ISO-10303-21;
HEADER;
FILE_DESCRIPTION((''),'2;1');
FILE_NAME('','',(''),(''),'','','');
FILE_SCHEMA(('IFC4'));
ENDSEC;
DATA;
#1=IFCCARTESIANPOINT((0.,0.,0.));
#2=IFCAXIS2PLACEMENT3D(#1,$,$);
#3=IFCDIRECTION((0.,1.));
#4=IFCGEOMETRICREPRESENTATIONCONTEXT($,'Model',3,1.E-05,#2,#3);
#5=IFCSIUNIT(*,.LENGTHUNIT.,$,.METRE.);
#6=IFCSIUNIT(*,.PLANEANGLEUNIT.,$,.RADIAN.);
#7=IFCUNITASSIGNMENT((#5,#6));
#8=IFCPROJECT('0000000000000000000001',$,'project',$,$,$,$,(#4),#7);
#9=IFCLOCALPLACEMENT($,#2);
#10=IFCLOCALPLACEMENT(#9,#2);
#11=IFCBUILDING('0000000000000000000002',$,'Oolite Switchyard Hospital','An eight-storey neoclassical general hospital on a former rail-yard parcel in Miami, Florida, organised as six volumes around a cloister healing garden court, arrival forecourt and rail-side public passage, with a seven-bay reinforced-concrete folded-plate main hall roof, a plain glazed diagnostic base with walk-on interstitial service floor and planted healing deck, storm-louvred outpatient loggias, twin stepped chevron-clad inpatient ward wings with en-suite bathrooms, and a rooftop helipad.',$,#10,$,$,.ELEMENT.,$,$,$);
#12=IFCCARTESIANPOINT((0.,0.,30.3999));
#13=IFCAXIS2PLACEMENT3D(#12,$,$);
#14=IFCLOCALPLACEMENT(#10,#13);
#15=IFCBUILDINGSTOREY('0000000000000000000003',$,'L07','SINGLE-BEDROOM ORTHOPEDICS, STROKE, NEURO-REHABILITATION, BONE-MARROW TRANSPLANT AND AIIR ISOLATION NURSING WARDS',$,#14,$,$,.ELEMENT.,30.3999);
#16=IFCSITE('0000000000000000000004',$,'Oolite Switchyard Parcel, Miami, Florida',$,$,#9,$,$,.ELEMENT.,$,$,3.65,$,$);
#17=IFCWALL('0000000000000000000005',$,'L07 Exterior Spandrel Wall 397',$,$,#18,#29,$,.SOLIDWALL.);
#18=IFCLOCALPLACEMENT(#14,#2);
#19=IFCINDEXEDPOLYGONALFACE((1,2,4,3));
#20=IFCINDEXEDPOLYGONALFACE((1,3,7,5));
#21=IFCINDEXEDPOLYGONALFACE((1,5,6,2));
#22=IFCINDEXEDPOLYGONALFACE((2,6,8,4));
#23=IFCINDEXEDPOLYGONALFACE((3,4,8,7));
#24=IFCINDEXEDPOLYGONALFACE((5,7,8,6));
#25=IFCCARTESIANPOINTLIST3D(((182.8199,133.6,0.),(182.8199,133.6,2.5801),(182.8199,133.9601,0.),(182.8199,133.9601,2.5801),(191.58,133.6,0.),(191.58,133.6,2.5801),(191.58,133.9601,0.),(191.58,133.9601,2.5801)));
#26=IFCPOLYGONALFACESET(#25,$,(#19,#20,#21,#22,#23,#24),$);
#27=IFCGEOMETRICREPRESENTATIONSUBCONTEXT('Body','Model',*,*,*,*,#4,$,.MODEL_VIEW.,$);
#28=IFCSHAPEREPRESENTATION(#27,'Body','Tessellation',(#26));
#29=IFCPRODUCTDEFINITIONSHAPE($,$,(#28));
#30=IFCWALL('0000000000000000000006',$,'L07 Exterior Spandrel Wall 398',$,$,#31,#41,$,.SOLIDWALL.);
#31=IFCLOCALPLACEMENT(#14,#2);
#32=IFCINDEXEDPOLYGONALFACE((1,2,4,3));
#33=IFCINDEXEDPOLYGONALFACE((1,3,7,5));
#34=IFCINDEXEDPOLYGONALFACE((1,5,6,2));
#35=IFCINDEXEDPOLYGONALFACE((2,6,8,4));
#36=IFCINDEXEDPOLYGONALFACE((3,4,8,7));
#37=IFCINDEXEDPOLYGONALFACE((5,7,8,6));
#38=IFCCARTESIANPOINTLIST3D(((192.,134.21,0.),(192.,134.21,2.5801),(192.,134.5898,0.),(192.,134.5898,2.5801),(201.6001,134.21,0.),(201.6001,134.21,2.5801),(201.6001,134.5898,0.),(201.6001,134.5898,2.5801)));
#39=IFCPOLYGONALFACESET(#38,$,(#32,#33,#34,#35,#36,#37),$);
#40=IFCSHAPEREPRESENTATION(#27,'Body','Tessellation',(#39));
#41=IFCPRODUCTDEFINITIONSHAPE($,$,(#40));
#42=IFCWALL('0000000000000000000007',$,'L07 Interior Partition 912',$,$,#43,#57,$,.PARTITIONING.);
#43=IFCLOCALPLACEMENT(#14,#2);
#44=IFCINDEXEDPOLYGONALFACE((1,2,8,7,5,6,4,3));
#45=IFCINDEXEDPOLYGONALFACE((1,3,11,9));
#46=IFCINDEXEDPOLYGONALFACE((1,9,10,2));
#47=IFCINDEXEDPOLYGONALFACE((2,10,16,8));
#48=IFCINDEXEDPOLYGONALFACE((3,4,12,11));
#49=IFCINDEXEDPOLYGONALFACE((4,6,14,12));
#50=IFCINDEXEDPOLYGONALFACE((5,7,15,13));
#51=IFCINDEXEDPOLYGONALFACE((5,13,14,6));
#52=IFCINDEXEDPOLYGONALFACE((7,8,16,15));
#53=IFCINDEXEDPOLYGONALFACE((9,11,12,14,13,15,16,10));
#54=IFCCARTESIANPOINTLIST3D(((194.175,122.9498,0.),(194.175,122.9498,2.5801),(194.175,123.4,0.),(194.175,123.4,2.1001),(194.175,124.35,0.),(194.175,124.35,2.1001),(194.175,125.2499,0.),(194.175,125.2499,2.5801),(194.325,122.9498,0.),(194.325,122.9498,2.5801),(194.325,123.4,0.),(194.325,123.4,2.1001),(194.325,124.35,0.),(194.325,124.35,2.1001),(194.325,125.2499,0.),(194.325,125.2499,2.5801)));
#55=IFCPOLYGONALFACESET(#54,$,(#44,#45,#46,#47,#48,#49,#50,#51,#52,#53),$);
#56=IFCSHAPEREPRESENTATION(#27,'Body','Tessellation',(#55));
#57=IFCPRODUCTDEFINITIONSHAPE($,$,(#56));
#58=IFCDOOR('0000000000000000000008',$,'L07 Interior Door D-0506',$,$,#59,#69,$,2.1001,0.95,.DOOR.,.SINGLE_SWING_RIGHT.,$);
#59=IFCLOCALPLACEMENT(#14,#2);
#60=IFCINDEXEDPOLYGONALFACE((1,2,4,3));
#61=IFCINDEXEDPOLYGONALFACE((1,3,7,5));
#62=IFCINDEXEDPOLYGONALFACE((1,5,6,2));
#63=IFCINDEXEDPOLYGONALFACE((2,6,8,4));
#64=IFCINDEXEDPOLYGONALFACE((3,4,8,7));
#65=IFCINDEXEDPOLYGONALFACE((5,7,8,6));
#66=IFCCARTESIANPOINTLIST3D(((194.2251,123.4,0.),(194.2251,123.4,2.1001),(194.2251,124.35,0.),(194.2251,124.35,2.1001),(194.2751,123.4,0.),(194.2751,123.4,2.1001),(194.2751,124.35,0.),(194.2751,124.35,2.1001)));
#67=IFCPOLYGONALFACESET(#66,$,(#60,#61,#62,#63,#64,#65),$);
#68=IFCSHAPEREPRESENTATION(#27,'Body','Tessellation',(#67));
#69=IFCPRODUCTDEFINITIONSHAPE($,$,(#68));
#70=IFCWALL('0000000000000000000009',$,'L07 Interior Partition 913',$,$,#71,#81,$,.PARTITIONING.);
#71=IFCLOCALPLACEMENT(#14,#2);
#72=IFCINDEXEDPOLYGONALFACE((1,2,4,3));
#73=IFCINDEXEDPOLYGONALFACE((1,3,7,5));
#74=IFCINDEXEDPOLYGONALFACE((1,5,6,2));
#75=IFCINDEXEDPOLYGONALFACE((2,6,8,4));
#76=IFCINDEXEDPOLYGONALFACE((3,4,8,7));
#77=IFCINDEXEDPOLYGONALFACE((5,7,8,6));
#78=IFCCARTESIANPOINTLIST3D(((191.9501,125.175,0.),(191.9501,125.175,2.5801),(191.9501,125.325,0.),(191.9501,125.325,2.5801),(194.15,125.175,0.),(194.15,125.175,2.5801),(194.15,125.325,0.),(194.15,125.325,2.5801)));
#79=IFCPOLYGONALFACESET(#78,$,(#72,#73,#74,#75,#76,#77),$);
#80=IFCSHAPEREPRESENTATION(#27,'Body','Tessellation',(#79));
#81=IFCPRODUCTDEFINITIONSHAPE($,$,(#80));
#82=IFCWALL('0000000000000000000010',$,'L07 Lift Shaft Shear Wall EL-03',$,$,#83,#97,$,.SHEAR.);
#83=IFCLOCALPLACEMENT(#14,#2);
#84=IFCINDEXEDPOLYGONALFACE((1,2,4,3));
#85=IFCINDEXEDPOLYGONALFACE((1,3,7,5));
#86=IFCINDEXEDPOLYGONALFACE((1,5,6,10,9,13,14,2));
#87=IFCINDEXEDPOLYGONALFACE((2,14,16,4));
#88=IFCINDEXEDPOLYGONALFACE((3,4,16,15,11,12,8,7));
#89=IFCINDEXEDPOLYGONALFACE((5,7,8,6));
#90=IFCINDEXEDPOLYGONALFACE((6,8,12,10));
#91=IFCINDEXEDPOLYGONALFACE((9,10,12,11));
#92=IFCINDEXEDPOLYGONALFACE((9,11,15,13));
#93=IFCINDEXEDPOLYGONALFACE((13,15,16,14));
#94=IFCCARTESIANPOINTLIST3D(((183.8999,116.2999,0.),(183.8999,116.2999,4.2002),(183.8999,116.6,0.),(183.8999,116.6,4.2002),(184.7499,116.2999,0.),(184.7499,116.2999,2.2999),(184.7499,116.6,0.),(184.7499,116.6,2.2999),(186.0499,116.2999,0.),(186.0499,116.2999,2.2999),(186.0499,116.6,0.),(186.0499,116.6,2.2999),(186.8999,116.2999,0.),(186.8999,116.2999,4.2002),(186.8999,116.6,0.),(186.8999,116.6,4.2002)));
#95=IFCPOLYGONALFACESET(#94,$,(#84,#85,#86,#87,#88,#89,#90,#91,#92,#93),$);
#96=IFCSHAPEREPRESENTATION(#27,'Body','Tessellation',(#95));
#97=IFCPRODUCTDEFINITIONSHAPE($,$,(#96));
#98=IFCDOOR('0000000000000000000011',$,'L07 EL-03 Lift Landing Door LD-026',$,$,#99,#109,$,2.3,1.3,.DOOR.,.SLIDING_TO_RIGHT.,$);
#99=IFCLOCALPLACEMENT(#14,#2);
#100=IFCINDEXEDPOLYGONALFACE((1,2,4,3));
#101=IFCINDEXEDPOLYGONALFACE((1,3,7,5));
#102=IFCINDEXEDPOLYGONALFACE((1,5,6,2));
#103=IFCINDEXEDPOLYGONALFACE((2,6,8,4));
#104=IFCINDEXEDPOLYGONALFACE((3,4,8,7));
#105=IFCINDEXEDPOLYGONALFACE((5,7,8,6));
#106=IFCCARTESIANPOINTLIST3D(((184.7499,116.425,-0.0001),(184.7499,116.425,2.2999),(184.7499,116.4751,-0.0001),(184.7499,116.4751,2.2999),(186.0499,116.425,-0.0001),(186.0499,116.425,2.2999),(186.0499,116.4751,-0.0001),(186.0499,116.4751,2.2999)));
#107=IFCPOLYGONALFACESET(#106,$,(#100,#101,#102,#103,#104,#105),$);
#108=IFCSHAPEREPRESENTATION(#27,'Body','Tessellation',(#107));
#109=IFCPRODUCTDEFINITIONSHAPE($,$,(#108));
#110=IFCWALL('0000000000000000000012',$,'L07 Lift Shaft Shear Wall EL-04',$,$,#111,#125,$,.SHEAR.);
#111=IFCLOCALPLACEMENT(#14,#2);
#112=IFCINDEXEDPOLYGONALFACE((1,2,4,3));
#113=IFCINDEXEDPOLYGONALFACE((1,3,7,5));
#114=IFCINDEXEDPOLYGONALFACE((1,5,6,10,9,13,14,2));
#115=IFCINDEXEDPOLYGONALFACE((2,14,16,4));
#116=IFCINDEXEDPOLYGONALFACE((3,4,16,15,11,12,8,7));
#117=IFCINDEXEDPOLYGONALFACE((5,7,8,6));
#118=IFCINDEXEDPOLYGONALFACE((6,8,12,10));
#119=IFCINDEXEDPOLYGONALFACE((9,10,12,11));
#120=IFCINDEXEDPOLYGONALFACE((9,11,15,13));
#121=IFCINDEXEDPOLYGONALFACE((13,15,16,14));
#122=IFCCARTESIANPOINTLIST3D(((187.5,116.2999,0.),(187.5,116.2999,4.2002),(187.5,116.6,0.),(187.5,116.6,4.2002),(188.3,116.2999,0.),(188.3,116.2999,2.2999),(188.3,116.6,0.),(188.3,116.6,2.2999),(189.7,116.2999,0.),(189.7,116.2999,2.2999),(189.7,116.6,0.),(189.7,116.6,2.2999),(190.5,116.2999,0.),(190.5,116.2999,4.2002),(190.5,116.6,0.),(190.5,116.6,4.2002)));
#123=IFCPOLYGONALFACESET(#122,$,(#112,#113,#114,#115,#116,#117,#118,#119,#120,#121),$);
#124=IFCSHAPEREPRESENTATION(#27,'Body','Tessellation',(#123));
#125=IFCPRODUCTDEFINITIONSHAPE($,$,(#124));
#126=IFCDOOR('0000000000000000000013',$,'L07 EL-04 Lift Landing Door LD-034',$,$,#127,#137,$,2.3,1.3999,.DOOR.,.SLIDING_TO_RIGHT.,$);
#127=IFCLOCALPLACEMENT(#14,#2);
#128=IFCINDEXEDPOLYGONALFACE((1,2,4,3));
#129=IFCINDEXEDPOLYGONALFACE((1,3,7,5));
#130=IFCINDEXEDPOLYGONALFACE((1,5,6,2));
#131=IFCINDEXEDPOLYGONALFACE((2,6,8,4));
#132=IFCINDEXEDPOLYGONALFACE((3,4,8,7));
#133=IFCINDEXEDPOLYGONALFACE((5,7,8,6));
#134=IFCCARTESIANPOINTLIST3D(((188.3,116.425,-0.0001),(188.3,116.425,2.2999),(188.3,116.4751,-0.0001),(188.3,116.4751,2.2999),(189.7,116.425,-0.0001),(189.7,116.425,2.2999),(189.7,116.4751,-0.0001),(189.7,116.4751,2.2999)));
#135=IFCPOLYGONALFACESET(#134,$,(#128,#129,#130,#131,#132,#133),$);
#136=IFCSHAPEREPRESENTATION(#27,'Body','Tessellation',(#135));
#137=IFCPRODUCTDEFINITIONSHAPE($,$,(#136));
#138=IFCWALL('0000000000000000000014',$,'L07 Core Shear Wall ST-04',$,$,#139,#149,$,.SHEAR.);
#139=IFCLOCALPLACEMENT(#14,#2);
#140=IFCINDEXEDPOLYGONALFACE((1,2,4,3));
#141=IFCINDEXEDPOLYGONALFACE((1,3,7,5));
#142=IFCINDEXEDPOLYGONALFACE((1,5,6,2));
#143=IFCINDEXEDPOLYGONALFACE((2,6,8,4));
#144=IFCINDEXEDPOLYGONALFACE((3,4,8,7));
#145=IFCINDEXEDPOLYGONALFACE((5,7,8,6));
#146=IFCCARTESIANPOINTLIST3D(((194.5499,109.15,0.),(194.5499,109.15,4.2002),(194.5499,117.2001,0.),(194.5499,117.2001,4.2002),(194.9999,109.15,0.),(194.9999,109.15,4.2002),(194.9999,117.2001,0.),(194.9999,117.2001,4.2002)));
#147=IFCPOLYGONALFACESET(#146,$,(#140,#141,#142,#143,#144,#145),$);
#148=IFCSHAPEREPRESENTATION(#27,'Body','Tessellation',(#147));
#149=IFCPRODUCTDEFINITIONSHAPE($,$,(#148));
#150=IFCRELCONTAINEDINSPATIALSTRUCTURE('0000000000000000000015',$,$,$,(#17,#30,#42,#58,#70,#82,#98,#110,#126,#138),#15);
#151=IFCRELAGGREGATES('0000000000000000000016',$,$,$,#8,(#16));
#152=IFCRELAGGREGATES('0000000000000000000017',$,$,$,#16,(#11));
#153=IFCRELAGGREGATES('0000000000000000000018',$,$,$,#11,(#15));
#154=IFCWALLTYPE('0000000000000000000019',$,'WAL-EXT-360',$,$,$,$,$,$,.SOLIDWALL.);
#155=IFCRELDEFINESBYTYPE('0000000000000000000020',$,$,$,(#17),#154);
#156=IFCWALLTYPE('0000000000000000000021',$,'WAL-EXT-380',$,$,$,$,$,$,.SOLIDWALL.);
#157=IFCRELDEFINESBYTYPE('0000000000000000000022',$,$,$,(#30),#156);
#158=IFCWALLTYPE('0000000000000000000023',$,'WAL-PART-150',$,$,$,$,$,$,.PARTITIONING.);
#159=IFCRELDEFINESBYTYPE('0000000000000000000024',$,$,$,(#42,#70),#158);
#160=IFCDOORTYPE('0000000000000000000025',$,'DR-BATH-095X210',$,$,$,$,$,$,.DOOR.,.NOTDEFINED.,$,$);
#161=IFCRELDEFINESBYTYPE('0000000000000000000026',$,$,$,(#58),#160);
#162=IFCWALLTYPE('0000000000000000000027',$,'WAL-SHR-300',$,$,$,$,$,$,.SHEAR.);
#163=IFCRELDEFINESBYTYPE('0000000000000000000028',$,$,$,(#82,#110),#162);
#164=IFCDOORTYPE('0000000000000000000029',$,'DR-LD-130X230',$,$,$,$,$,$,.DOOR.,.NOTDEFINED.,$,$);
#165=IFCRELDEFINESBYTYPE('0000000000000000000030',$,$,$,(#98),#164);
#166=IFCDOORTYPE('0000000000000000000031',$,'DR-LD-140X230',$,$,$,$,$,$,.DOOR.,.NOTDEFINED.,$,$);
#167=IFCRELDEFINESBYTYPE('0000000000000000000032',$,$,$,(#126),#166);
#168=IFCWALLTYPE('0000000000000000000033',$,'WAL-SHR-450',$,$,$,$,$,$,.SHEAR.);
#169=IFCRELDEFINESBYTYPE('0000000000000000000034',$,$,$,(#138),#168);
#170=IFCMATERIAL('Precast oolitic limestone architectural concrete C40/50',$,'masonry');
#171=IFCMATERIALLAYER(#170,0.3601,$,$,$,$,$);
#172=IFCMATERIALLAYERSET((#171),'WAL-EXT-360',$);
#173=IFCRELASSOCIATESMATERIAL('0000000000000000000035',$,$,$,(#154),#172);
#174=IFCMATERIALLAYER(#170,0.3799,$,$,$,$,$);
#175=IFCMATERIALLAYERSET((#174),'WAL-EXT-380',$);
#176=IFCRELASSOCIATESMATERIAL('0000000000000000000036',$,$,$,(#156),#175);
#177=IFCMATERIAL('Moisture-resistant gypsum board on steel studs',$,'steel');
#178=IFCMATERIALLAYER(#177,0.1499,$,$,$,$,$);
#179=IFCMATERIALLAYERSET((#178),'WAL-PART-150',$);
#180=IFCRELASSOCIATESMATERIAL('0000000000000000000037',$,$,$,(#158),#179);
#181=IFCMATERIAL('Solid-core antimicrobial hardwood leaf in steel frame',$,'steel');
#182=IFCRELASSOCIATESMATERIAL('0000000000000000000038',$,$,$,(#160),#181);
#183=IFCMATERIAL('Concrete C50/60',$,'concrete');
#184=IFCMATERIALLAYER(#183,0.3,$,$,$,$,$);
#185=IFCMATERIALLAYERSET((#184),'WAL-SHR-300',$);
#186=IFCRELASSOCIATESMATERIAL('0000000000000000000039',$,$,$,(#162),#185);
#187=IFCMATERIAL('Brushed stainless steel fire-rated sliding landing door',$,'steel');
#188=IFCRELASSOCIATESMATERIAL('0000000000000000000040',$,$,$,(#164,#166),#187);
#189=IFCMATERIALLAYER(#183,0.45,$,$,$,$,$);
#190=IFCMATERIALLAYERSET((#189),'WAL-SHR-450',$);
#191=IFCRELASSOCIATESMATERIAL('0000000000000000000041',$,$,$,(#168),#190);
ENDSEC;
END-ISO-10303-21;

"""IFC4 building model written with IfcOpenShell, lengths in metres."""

from ifc_helpers import new_model, si_unit, direction, frame, frame_2d, origin, place, context, subcontext, project, spatial, rectangle, extrude, material, layer, layer_set, type_object, element, fill, save


model = new_model("IFC4")

# Units and contexts
model_context = context("Model", 3, precision=1e-05, world=origin(), true_north=direction((0.0, 1.0)))
body_context = subcontext(model_context, "Body", "Model", "MODEL_VIEW")
ifc_project = project(units=[si_unit("LENGTHUNIT", "METRE"), si_unit("PLANEANGLEUNIT", "RADIAN")], contexts=[model_context])

# Site, building, storey
site_placement = place(None, origin())
site = spatial("IfcSite", under=ifc_project, at=site_placement, Name="Oolite Switchyard Parcel, Miami, Florida", CompositionType="ELEMENT", RefElevation=3.65)
building_placement = place(site_placement, origin())
building = spatial("IfcBuilding", under=site, at=building_placement, Name="Oolite Switchyard Hospital", Description="An eight-storey neoclassical general hospital on a former rail-yard parcel in Miami, Florida, organised as six volumes around a cloister healing garden court, arrival forecourt and rail-side public passage, with a seven-bay reinforced-concrete folded-plate main hall roof, a plain glazed diagnostic base with walk-on interstitial service floor and planted healing deck, storm-louvred outpatient loggias, twin stepped chevron-clad inpatient ward wings with en-suite bathrooms, and a rooftop helipad.", CompositionType="ELEMENT")
storey_placement = place(building_placement, frame((0.0, 0.0, 30.3999)))
storey = spatial("IfcBuildingStorey", under=building, at=storey_placement, Name="L07", Description="SINGLE-BEDROOM ORTHOPEDICS, STROKE, NEURO-REHABILITATION, BONE-MARROW TRANSPLANT AND AIIR ISOLATION NURSING WARDS", CompositionType="ELEMENT", Elevation=30.3999)

# Shared definitions
ifc_material_1 = material(Name="Concrete C50/60", Category="concrete")

# Walls
ifc_material_2 = material(Name="Precast oolitic limestone architectural concrete C40/50", Category="masonry")
ifc_layer_1 = layer(ifc_material_2, 0.3601)
ifc_layer_set_1 = layer_set([ifc_layer_1], Name="WAL-EXT-360")
wall_type_1 = type_object("IfcWallType", Name="WAL-EXT-360", PredefinedType="SOLIDWALL", material=ifc_layer_set_1)
wall_1_placement = place(storey_placement, frame((182.8201, 133.78, 0.0), z_axis=(0.0, 0.0, 1.0), x_axis=(1.0, 0.0, 0.0)))
element("IfcWall", 1, at=wall_1_placement, inside=storey, type_object=wall_type_1, Name="L07 Exterior Spandrel Wall 397", PredefinedType="SOLIDWALL", context=body_context, shape_type="SweptSolid", body=[
    extrude(rectangle(XDim=8.76, YDim=0.3601, at=frame_2d((4.3799, 0.0))), origin(), (0.0, 0.0, 1.0), 2.5801),
])
ifc_layer_2 = layer(ifc_material_2, 0.3799)
ifc_layer_set_2 = layer_set([ifc_layer_2], Name="WAL-EXT-380")
wall_type_2 = type_object("IfcWallType", Name="WAL-EXT-380", PredefinedType="SOLIDWALL", material=ifc_layer_set_2)
wall_2_placement = place(storey_placement, frame((192.0, 134.3999, 0.0), z_axis=(0.0, 0.0, 1.0), x_axis=(1.0, 0.0, 0.0)))
element("IfcWall", 2, at=wall_2_placement, inside=storey, type_object=wall_type_2, Name="L07 Exterior Spandrel Wall 398", PredefinedType="SOLIDWALL", context=body_context, shape_type="SweptSolid", body=[
    extrude(rectangle(XDim=9.6001, YDim=0.3799, at=frame_2d((4.8, 0.0))), origin(), (0.0, 0.0, 1.0), 2.5801),
])

# Wall, opening, door
ifc_material_3 = material(Name="Moisture-resistant gypsum board on steel studs", Category="steel")
ifc_layer_3 = layer(ifc_material_3, 0.1499)
ifc_layer_set_3 = layer_set([ifc_layer_3], Name="WAL-PART-150")
wall_type_3 = type_object("IfcWallType", Name="WAL-PART-150", PredefinedType="PARTITIONING", material=ifc_layer_set_3)
wall_3_placement = place(storey_placement, frame((194.25, 122.95, 0.0), z_axis=(0.0, 0.0, 1.0), x_axis=(0.0, 1.0, 0.0)))
wall_3 = element("IfcWall", 3, at=wall_3_placement, inside=storey, type_object=wall_type_3, Name="L07 Interior Partition 912", PredefinedType="PARTITIONING", context=body_context, shape_type="SweptSolid", body=[
    extrude(rectangle(XDim=2.3, YDim=0.1499, at=frame_2d((1.1499, 0.0))), origin(), (0.0, 0.0, 1.0), 2.5801),
])
opening_1_placement = place(wall_3_placement, frame((0.45, 0.0, 0.0)))
opening_1 = element("IfcOpeningElement", 4, at=opening_1_placement, cuts=wall_3, PredefinedType="OPENING", context=body_context, shape_type="SweptSolid", body=[
    extrude(rectangle(XDim=0.95, YDim=2.1001, at=frame_2d((0.4751, 1.05))), frame((0.0, 0.085, 0.0), z_axis=(0.0, -1.0, 0.0), x_axis=(1.0, 0.0, 0.0)), (0.0, 0.0, 1.0), 0.1699),
])
ifc_material_4 = material(Name="Solid-core antimicrobial hardwood leaf in steel frame", Category="steel")
door_type_1 = type_object("IfcDoorType", Name="DR-BATH-095X210", OperationType="NOTDEFINED", PredefinedType="DOOR", material=ifc_material_4)
door_1_placement = place(opening_1_placement, origin())
door_1 = element("IfcDoor", 5, at=door_1_placement, inside=storey, type_object=door_type_1, Name="L07 Interior Door D-0506", OperationType="SINGLE_SWING_RIGHT", OverallHeight=2.1001, OverallWidth=0.95, PredefinedType="DOOR", context=body_context, shape_type="SweptSolid", body=[
    extrude(rectangle(XDim=0.95, YDim=2.1001, at=frame_2d((0.4751, 1.05))), frame((0.0, 0.0249, 0.0), z_axis=(0.0, -1.0, 0.0), x_axis=(1.0, 0.0, 0.0)), (0.0, 0.0, 1.0), 0.05),
])
fill(opening_1, door_1)

# Wall
wall_4_placement = place(storey_placement, frame((191.95, 125.25, 0.0), z_axis=(0.0, 0.0, 1.0), x_axis=(1.0, 0.0, 0.0)))
element("IfcWall", 6, at=wall_4_placement, inside=storey, type_object=wall_type_3, Name="L07 Interior Partition 913", PredefinedType="PARTITIONING", context=body_context, shape_type="SweptSolid", body=[
    extrude(rectangle(XDim=2.2, YDim=0.1499, at=frame_2d((1.1001, 0.0))), origin(), (0.0, 0.0, 1.0), 2.5801),
])

# Walls, openings, doors
ifc_layer_4 = layer(ifc_material_1, 0.3)
ifc_layer_set_4 = layer_set([ifc_layer_4], Name="WAL-SHR-300")
wall_type_4 = type_object("IfcWallType", Name="WAL-SHR-300", PredefinedType="SHEAR", material=ifc_layer_set_4)
wall_5_placement = place(storey_placement, frame((186.8999, 116.45, 0.0), z_axis=(0.0, 0.0, 1.0), x_axis=(-1.0, 0.0, 0.0)))
wall_5 = element("IfcWall", 7, at=wall_5_placement, inside=storey, type_object=wall_type_4, Name="L07 Lift Shaft Shear Wall EL-03", PredefinedType="SHEAR", context=body_context, shape_type="SweptSolid", body=[
    extrude(rectangle(XDim=3.0, YDim=0.3, at=frame_2d((1.5, 0.0))), origin(), (0.0, 0.0, 1.0), 4.2002),
])
opening_2_placement = place(wall_5_placement, frame((0.8501, 0.0, 0.0)))
opening_2 = element("IfcOpeningElement", 8, at=opening_2_placement, cuts=wall_5, PredefinedType="OPENING", context=body_context, shape_type="SweptSolid", body=[
    extrude(rectangle(XDim=1.3, YDim=2.3, at=frame_2d((0.6499, 1.1499))), frame((0.0, 0.1602, 0.0), z_axis=(0.0, -1.0, 0.0), x_axis=(1.0, 0.0, 0.0)), (0.0, 0.0, 1.0), 0.3201),
])
ifc_material_5 = material(Name="Brushed stainless steel fire-rated sliding landing door", Category="steel")
door_type_2 = type_object("IfcDoorType", Name="DR-LD-130X230", OperationType="NOTDEFINED", PredefinedType="DOOR", material=ifc_material_5)
door_2_placement = place(opening_2_placement, origin())
door_2 = element("IfcDoor", 9, at=door_2_placement, inside=storey, type_object=door_type_2, Name="L07 EL-03 Lift Landing Door LD-026", OperationType="SLIDING_TO_RIGHT", OverallHeight=2.3, OverallWidth=1.3, PredefinedType="DOOR", context=body_context, shape_type="SweptSolid", body=[
    extrude(rectangle(XDim=1.3, YDim=2.3, at=frame_2d((0.6499, 1.1499))), frame((0.0, 0.0249, 0.0), z_axis=(0.0, -1.0, 0.0), x_axis=(1.0, 0.0, 0.0)), (0.0, 0.0, 1.0), 0.05),
])
fill(opening_2, door_2)
wall_6_placement = place(storey_placement, frame((190.5, 116.45, 0.0), z_axis=(0.0, 0.0, 1.0), x_axis=(-1.0, 0.0, 0.0)))
wall_6 = element("IfcWall", 10, at=wall_6_placement, inside=storey, type_object=wall_type_4, Name="L07 Lift Shaft Shear Wall EL-04", PredefinedType="SHEAR", context=body_context, shape_type="SweptSolid", body=[
    extrude(rectangle(XDim=3.0, YDim=0.3, at=frame_2d((1.5, 0.0))), origin(), (0.0, 0.0, 1.0), 4.2002),
])
opening_3_placement = place(wall_6_placement, frame((0.8, 0.0, 0.0)))
opening_3 = element("IfcOpeningElement", 11, at=opening_3_placement, cuts=wall_6, PredefinedType="OPENING", context=body_context, shape_type="SweptSolid", body=[
    extrude(rectangle(XDim=1.3999, YDim=2.3, at=frame_2d((0.7, 1.1499))), frame((0.0, 0.1602, 0.0), z_axis=(0.0, -1.0, 0.0), x_axis=(1.0, 0.0, 0.0)), (0.0, 0.0, 1.0), 0.3201),
])
door_type_3 = type_object("IfcDoorType", Name="DR-LD-140X230", OperationType="NOTDEFINED", PredefinedType="DOOR", material=ifc_material_5)
door_3_placement = place(opening_3_placement, origin())
door_3 = element("IfcDoor", 12, at=door_3_placement, inside=storey, type_object=door_type_3, Name="L07 EL-04 Lift Landing Door LD-034", OperationType="SLIDING_TO_RIGHT", OverallHeight=2.3, OverallWidth=1.3999, PredefinedType="DOOR", context=body_context, shape_type="SweptSolid", body=[
    extrude(rectangle(XDim=1.3999, YDim=2.3, at=frame_2d((0.7, 1.1499))), frame((0.0, 0.0249, 0.0), z_axis=(0.0, -1.0, 0.0), x_axis=(1.0, 0.0, 0.0)), (0.0, 0.0, 1.0), 0.05),
])
fill(opening_3, door_3)

# Wall
ifc_layer_5 = layer(ifc_material_1, 0.45)
ifc_layer_set_5 = layer_set([ifc_layer_5], Name="WAL-SHR-450")
wall_type_5 = type_object("IfcWallType", Name="WAL-SHR-450", PredefinedType="SHEAR", material=ifc_layer_set_5)
wall_7_placement = place(storey_placement, frame((194.7749, 117.2, 0.0), z_axis=(0.0, 0.0, 1.0), x_axis=(0.0, -1.0, 0.0)))
element("IfcWall", 13, at=wall_7_placement, inside=storey, type_object=wall_type_5, Name="L07 Core Shear Wall ST-04", PredefinedType="SHEAR", context=body_context, shape_type="SweptSolid", body=[
    extrude(rectangle(XDim=8.05, YDim=0.45, at=frame_2d((4.0249, 0.0))), origin(), (0.0, 0.0, 1.0), 4.2002),
])

save(model, "model.ifc")
